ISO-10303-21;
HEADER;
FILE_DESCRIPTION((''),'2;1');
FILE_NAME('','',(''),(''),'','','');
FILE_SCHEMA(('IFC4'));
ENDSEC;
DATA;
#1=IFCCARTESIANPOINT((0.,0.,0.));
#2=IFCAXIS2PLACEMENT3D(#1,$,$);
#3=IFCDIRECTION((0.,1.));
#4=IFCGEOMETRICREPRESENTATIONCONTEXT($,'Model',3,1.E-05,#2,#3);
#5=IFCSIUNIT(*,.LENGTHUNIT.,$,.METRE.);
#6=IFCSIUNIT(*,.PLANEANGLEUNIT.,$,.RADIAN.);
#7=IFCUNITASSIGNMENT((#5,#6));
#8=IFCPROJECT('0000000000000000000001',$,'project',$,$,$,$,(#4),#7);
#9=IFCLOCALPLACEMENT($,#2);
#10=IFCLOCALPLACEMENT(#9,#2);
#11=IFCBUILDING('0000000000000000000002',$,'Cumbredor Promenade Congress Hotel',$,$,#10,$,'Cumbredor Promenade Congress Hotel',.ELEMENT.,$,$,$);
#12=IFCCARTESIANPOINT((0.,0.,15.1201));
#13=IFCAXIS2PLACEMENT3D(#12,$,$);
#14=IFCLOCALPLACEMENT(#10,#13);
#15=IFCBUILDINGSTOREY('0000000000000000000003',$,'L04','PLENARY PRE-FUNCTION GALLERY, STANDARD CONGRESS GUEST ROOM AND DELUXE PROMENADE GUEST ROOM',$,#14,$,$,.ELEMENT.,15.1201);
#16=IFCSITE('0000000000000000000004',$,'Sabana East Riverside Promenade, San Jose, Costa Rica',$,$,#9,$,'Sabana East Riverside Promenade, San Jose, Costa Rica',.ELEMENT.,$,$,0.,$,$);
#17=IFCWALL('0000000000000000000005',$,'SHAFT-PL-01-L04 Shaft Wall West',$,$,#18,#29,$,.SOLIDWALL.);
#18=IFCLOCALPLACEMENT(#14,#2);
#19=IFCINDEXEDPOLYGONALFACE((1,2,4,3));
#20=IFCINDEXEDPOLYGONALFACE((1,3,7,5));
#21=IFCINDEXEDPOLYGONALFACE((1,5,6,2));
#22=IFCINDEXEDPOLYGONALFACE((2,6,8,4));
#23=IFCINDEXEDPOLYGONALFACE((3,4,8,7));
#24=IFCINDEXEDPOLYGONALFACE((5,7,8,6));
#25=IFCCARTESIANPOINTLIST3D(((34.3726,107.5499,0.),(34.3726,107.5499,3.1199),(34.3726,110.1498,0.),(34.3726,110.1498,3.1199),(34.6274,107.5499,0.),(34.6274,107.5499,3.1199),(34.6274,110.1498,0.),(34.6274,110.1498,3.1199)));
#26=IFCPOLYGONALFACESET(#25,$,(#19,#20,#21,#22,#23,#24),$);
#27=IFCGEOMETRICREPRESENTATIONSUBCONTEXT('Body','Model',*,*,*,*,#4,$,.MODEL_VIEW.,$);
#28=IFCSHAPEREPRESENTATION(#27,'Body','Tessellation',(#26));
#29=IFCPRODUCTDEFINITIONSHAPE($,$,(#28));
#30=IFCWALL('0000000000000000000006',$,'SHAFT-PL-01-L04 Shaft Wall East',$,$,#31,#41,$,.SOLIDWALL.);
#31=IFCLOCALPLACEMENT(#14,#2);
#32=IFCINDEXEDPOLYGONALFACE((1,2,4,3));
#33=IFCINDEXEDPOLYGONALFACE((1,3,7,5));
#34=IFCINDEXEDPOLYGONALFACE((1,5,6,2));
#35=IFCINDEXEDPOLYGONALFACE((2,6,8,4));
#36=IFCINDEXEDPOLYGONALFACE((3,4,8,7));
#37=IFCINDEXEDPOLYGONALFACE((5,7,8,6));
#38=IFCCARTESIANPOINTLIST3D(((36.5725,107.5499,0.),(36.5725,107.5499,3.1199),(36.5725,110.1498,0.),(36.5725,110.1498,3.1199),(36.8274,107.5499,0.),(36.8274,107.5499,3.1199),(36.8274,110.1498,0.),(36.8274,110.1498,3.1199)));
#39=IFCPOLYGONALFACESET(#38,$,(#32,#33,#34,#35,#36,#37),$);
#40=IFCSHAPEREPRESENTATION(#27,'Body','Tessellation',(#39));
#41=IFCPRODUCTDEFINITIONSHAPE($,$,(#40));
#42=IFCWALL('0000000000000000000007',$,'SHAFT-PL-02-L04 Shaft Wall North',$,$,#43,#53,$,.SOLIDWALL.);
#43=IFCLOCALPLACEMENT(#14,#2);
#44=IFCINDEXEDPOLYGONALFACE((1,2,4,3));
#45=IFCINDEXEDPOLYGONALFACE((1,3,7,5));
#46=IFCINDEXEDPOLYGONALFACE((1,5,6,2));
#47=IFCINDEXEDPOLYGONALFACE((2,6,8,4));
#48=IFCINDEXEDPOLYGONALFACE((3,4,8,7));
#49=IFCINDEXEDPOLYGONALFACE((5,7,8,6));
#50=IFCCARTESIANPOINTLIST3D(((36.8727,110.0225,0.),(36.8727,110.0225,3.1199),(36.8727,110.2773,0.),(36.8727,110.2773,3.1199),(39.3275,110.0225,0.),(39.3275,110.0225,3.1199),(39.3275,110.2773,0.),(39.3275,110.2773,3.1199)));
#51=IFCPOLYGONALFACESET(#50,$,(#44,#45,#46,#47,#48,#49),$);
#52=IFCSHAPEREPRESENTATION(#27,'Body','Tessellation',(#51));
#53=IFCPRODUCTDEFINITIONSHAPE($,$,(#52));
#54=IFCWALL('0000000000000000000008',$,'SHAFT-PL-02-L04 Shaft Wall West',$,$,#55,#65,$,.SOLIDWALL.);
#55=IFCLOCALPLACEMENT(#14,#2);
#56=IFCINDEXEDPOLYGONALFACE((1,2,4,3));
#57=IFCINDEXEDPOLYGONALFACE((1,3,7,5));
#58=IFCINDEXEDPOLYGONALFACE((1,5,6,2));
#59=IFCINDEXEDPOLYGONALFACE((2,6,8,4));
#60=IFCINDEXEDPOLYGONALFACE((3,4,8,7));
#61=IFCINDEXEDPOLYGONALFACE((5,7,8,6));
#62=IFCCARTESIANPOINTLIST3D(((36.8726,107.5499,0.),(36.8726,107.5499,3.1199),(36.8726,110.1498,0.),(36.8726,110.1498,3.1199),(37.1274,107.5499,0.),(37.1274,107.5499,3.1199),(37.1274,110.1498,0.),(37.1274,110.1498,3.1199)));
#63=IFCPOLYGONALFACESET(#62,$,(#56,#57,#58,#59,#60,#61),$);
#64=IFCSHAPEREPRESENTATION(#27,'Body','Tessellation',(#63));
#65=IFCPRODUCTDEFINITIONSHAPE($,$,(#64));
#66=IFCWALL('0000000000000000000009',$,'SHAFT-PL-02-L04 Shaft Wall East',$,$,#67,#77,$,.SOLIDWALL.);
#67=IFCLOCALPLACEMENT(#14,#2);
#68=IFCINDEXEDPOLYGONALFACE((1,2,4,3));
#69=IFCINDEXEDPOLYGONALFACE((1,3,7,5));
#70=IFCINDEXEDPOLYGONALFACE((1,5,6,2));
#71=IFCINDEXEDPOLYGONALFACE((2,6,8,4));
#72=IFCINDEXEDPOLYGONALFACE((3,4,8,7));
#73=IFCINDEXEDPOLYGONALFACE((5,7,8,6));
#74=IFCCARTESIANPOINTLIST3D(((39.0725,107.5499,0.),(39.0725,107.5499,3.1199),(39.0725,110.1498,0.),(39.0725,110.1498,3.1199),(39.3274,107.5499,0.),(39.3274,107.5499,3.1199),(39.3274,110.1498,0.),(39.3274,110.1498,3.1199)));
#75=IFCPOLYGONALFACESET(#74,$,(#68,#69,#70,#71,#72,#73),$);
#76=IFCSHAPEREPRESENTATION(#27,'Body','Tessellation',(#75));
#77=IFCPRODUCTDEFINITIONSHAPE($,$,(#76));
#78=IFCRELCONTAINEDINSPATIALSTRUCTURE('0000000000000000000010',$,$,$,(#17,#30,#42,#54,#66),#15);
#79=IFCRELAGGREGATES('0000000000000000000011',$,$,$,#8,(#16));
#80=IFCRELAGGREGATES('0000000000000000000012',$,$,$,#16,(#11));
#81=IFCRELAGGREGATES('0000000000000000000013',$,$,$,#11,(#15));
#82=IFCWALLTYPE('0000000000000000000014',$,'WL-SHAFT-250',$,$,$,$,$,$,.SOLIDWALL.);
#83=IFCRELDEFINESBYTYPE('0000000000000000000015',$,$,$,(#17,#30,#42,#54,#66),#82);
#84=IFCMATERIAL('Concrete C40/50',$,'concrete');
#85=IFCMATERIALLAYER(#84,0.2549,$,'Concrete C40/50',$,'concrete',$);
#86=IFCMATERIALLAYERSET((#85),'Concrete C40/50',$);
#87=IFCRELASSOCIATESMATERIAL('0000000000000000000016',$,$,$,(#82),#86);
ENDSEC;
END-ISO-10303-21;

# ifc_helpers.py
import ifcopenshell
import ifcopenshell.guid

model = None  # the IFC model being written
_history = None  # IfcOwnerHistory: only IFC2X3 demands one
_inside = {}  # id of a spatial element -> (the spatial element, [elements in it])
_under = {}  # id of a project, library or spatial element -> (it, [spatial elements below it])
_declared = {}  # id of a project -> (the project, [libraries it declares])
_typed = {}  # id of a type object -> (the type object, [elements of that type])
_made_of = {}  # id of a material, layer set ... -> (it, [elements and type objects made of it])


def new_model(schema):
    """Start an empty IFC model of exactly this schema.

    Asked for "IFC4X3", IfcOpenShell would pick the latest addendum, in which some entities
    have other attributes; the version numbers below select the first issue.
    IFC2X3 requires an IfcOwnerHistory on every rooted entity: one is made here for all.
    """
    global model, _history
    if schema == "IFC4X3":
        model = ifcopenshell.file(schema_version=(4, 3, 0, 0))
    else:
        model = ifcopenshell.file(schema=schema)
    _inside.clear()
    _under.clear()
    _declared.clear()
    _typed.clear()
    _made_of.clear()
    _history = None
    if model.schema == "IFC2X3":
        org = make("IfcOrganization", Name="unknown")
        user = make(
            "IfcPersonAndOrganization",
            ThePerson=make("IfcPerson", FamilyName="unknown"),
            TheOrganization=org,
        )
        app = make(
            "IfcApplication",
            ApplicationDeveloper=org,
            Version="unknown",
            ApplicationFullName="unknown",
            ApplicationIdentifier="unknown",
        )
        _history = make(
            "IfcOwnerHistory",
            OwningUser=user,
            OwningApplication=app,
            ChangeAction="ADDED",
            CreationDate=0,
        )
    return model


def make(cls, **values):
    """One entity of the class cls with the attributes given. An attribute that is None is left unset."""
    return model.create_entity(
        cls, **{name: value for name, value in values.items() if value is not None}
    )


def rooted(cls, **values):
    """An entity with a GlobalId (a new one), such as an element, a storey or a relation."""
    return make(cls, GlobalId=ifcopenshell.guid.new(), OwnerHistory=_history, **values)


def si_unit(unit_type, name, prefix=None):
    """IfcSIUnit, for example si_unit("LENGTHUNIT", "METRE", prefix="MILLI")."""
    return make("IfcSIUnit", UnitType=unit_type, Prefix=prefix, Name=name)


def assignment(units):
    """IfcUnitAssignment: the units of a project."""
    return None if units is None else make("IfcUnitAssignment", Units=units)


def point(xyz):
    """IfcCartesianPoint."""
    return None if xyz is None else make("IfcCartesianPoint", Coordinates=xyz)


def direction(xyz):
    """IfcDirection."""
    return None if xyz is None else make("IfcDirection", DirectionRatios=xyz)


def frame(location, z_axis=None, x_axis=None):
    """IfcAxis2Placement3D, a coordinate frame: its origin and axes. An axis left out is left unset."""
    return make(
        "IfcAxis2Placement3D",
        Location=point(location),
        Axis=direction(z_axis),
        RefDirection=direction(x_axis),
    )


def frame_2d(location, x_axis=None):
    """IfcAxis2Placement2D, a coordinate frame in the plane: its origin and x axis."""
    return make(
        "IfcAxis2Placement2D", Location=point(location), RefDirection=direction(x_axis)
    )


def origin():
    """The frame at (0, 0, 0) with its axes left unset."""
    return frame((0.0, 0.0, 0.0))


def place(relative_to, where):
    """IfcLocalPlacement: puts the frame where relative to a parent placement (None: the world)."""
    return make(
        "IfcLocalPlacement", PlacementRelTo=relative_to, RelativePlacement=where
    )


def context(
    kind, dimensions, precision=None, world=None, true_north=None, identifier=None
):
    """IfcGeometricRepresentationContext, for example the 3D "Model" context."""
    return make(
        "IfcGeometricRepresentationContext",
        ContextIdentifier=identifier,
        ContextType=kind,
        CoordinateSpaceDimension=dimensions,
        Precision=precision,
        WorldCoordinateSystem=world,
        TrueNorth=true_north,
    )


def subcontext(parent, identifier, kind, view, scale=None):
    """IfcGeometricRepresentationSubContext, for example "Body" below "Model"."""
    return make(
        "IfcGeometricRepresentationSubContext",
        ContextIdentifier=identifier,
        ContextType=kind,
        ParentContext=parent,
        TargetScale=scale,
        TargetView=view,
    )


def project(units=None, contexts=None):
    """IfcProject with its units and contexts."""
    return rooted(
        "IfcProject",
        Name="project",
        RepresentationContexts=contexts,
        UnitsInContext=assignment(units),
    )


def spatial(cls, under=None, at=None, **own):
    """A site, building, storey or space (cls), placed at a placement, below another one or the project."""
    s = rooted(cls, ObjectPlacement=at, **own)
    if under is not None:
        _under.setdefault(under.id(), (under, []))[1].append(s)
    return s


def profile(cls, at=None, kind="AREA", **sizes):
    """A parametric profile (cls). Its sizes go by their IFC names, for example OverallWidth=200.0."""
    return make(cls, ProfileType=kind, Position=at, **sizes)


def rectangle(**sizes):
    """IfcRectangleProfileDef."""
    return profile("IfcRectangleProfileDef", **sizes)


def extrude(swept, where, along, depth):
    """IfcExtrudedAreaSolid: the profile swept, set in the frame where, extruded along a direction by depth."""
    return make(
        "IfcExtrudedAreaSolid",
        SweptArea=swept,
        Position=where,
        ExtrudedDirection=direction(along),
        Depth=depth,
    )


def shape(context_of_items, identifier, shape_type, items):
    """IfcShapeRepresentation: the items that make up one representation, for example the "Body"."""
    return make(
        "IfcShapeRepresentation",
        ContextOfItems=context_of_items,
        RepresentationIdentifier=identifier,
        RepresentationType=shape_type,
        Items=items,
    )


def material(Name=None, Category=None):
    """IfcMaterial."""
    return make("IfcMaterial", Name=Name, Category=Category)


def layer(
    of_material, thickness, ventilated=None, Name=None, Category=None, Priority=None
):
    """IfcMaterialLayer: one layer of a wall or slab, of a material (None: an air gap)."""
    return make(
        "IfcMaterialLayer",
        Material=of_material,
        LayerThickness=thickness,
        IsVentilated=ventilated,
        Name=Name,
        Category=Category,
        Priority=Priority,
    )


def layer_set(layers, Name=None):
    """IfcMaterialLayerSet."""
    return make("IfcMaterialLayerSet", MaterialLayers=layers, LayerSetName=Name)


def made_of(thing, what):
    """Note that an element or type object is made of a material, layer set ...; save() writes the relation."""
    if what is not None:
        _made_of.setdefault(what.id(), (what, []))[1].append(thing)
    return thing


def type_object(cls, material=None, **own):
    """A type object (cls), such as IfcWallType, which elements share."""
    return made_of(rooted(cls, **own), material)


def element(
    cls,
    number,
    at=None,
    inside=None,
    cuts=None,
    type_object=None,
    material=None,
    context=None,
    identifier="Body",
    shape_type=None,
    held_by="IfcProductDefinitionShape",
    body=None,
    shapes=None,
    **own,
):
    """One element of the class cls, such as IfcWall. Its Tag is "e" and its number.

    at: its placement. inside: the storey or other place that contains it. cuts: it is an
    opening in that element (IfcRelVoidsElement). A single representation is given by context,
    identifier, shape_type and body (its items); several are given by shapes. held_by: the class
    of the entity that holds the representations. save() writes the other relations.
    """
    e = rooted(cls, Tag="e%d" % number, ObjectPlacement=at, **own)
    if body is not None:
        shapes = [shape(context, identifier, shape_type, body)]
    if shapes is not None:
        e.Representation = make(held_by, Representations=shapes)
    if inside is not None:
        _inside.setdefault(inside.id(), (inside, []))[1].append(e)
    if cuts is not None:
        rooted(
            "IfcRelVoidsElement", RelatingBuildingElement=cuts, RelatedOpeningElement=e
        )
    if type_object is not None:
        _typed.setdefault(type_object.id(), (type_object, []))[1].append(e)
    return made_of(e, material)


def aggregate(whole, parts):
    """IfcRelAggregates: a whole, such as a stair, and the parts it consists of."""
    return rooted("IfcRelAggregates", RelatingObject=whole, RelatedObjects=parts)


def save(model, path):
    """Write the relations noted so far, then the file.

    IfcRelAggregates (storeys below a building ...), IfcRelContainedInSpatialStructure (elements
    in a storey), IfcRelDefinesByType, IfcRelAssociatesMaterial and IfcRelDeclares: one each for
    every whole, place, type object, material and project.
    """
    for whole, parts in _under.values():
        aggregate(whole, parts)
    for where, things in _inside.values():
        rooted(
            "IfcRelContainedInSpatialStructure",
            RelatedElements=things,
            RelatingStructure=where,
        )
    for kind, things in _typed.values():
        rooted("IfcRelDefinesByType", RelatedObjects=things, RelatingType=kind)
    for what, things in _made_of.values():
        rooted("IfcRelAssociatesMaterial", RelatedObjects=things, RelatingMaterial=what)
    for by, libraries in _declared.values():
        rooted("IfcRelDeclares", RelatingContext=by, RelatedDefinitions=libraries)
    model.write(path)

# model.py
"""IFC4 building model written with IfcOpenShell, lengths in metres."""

from ifc_helpers import new_model, si_unit, direction, frame, frame_2d, origin, place, context, subcontext, project, spatial, rectangle, extrude, material, layer, layer_set, type_object, element, save


model = new_model("IFC4")

# Units and contexts
model_context = context("Model", 3, precision=1e-05, world=origin(), true_north=direction((0.0, 1.0)))
body_context = subcontext(model_context, "Body", "Model", "MODEL_VIEW")
ifc_project = project(units=[si_unit("LENGTHUNIT", "METRE"), si_unit("PLANEANGLEUNIT", "RADIAN")], contexts=[model_context])

# Site, building, storey
site_placement = place(None, origin())
site = spatial("IfcSite", under=ifc_project, at=site_placement, Name="Sabana East Riverside Promenade, San Jose, Costa Rica", LongName="Sabana East Riverside Promenade, San Jose, Costa Rica", CompositionType="ELEMENT", RefElevation=0.0)
building_placement = place(site_placement, origin())
building = spatial("IfcBuilding", under=site, at=building_placement, Name="Cumbredor Promenade Congress Hotel", LongName="Cumbredor Promenade Congress Hotel", CompositionType="ELEMENT")
storey_placement = place(building_placement, frame((0.0, 0.0, 15.1201)))
storey = spatial("IfcBuildingStorey", under=building, at=storey_placement, Name="L04", Description="PLENARY PRE-FUNCTION GALLERY, STANDARD CONGRESS GUEST ROOM AND DELUXE PROMENADE GUEST ROOM", CompositionType="ELEMENT", Elevation=15.1201)

# Shared definitions
ifc_material_1 = material(Name="Concrete C40/50", Category="concrete")

# Shared definitions
ifc_layer_1 = layer(ifc_material_1, 0.2549, Name="Concrete C40/50", Category="concrete")
ifc_layer_set_1 = layer_set([ifc_layer_1], Name="Concrete C40/50")
wall_type_1 = type_object("IfcWallType", Name="WL-SHAFT-250", PredefinedType="SOLIDWALL", material=ifc_layer_set_1)

# Walls
for number, where, z_axis, x_axis, name in (
    (1, (34.5, 107.55, 0.0), (0.0, 0.0, 1.0), (0.0, 1.0, 0.0), "SHAFT-PL-01-L04 Shaft Wall West"),
    (2, (36.7, 107.55, 0.0), (0.0, 0.0, 1.0), (0.0, 1.0, 0.0), "SHAFT-PL-01-L04 Shaft Wall East"),
):
    element("IfcWall", number, at=place(storey_placement, frame(where, z_axis=z_axis, x_axis=x_axis)), inside=storey, type_object=wall_type_1, Name=name, PredefinedType="SOLIDWALL", context=body_context, shape_type="SweptSolid", body=[
        extrude(rectangle(XDim=2.5999, YDim=0.2549, at=frame_2d((1.2998, 0.0))), origin(), (0.0, 0.0, 1.0), 3.1199),
    ])

# Walls
wall_1_placement = place(storey_placement, frame((36.8726, 110.1499, 0.0), z_axis=(0.0, 0.0, 1.0), x_axis=(1.0, 0.0, 0.0)))
element("IfcWall", 3, at=wall_1_placement, inside=storey, type_object=wall_type_1, Name="SHAFT-PL-02-L04 Shaft Wall North", PredefinedType="SOLIDWALL", context=body_context, shape_type="SweptSolid", body=[
    extrude(rectangle(XDim=2.4548, YDim=0.2549, at=frame_2d((1.2275, 0.0))), origin(), (0.0, 0.0, 1.0), 3.1199),
])
for number, where, z_axis, x_axis, name in (
    (4, (37.0, 107.55, 0.0), (0.0, 0.0, 1.0), (0.0, 1.0, 0.0), "SHAFT-PL-02-L04 Shaft Wall West"),
    (5, (39.2, 107.55, 0.0), (0.0, 0.0, 1.0), (0.0, 1.0, 0.0), "SHAFT-PL-02-L04 Shaft Wall East"),
):
    element("IfcWall", number, at=place(storey_placement, frame(where, z_axis=z_axis, x_axis=x_axis)), inside=storey, type_object=wall_type_1, Name=name, PredefinedType="SOLIDWALL", context=body_context, shape_type="SweptSolid", body=[
        extrude(rectangle(XDim=2.5999, YDim=0.2549, at=frame_2d((1.2998, 0.0))), origin(), (0.0, 0.0, 1.0), 3.1199),
    ])

save(model, "model.ifc")
